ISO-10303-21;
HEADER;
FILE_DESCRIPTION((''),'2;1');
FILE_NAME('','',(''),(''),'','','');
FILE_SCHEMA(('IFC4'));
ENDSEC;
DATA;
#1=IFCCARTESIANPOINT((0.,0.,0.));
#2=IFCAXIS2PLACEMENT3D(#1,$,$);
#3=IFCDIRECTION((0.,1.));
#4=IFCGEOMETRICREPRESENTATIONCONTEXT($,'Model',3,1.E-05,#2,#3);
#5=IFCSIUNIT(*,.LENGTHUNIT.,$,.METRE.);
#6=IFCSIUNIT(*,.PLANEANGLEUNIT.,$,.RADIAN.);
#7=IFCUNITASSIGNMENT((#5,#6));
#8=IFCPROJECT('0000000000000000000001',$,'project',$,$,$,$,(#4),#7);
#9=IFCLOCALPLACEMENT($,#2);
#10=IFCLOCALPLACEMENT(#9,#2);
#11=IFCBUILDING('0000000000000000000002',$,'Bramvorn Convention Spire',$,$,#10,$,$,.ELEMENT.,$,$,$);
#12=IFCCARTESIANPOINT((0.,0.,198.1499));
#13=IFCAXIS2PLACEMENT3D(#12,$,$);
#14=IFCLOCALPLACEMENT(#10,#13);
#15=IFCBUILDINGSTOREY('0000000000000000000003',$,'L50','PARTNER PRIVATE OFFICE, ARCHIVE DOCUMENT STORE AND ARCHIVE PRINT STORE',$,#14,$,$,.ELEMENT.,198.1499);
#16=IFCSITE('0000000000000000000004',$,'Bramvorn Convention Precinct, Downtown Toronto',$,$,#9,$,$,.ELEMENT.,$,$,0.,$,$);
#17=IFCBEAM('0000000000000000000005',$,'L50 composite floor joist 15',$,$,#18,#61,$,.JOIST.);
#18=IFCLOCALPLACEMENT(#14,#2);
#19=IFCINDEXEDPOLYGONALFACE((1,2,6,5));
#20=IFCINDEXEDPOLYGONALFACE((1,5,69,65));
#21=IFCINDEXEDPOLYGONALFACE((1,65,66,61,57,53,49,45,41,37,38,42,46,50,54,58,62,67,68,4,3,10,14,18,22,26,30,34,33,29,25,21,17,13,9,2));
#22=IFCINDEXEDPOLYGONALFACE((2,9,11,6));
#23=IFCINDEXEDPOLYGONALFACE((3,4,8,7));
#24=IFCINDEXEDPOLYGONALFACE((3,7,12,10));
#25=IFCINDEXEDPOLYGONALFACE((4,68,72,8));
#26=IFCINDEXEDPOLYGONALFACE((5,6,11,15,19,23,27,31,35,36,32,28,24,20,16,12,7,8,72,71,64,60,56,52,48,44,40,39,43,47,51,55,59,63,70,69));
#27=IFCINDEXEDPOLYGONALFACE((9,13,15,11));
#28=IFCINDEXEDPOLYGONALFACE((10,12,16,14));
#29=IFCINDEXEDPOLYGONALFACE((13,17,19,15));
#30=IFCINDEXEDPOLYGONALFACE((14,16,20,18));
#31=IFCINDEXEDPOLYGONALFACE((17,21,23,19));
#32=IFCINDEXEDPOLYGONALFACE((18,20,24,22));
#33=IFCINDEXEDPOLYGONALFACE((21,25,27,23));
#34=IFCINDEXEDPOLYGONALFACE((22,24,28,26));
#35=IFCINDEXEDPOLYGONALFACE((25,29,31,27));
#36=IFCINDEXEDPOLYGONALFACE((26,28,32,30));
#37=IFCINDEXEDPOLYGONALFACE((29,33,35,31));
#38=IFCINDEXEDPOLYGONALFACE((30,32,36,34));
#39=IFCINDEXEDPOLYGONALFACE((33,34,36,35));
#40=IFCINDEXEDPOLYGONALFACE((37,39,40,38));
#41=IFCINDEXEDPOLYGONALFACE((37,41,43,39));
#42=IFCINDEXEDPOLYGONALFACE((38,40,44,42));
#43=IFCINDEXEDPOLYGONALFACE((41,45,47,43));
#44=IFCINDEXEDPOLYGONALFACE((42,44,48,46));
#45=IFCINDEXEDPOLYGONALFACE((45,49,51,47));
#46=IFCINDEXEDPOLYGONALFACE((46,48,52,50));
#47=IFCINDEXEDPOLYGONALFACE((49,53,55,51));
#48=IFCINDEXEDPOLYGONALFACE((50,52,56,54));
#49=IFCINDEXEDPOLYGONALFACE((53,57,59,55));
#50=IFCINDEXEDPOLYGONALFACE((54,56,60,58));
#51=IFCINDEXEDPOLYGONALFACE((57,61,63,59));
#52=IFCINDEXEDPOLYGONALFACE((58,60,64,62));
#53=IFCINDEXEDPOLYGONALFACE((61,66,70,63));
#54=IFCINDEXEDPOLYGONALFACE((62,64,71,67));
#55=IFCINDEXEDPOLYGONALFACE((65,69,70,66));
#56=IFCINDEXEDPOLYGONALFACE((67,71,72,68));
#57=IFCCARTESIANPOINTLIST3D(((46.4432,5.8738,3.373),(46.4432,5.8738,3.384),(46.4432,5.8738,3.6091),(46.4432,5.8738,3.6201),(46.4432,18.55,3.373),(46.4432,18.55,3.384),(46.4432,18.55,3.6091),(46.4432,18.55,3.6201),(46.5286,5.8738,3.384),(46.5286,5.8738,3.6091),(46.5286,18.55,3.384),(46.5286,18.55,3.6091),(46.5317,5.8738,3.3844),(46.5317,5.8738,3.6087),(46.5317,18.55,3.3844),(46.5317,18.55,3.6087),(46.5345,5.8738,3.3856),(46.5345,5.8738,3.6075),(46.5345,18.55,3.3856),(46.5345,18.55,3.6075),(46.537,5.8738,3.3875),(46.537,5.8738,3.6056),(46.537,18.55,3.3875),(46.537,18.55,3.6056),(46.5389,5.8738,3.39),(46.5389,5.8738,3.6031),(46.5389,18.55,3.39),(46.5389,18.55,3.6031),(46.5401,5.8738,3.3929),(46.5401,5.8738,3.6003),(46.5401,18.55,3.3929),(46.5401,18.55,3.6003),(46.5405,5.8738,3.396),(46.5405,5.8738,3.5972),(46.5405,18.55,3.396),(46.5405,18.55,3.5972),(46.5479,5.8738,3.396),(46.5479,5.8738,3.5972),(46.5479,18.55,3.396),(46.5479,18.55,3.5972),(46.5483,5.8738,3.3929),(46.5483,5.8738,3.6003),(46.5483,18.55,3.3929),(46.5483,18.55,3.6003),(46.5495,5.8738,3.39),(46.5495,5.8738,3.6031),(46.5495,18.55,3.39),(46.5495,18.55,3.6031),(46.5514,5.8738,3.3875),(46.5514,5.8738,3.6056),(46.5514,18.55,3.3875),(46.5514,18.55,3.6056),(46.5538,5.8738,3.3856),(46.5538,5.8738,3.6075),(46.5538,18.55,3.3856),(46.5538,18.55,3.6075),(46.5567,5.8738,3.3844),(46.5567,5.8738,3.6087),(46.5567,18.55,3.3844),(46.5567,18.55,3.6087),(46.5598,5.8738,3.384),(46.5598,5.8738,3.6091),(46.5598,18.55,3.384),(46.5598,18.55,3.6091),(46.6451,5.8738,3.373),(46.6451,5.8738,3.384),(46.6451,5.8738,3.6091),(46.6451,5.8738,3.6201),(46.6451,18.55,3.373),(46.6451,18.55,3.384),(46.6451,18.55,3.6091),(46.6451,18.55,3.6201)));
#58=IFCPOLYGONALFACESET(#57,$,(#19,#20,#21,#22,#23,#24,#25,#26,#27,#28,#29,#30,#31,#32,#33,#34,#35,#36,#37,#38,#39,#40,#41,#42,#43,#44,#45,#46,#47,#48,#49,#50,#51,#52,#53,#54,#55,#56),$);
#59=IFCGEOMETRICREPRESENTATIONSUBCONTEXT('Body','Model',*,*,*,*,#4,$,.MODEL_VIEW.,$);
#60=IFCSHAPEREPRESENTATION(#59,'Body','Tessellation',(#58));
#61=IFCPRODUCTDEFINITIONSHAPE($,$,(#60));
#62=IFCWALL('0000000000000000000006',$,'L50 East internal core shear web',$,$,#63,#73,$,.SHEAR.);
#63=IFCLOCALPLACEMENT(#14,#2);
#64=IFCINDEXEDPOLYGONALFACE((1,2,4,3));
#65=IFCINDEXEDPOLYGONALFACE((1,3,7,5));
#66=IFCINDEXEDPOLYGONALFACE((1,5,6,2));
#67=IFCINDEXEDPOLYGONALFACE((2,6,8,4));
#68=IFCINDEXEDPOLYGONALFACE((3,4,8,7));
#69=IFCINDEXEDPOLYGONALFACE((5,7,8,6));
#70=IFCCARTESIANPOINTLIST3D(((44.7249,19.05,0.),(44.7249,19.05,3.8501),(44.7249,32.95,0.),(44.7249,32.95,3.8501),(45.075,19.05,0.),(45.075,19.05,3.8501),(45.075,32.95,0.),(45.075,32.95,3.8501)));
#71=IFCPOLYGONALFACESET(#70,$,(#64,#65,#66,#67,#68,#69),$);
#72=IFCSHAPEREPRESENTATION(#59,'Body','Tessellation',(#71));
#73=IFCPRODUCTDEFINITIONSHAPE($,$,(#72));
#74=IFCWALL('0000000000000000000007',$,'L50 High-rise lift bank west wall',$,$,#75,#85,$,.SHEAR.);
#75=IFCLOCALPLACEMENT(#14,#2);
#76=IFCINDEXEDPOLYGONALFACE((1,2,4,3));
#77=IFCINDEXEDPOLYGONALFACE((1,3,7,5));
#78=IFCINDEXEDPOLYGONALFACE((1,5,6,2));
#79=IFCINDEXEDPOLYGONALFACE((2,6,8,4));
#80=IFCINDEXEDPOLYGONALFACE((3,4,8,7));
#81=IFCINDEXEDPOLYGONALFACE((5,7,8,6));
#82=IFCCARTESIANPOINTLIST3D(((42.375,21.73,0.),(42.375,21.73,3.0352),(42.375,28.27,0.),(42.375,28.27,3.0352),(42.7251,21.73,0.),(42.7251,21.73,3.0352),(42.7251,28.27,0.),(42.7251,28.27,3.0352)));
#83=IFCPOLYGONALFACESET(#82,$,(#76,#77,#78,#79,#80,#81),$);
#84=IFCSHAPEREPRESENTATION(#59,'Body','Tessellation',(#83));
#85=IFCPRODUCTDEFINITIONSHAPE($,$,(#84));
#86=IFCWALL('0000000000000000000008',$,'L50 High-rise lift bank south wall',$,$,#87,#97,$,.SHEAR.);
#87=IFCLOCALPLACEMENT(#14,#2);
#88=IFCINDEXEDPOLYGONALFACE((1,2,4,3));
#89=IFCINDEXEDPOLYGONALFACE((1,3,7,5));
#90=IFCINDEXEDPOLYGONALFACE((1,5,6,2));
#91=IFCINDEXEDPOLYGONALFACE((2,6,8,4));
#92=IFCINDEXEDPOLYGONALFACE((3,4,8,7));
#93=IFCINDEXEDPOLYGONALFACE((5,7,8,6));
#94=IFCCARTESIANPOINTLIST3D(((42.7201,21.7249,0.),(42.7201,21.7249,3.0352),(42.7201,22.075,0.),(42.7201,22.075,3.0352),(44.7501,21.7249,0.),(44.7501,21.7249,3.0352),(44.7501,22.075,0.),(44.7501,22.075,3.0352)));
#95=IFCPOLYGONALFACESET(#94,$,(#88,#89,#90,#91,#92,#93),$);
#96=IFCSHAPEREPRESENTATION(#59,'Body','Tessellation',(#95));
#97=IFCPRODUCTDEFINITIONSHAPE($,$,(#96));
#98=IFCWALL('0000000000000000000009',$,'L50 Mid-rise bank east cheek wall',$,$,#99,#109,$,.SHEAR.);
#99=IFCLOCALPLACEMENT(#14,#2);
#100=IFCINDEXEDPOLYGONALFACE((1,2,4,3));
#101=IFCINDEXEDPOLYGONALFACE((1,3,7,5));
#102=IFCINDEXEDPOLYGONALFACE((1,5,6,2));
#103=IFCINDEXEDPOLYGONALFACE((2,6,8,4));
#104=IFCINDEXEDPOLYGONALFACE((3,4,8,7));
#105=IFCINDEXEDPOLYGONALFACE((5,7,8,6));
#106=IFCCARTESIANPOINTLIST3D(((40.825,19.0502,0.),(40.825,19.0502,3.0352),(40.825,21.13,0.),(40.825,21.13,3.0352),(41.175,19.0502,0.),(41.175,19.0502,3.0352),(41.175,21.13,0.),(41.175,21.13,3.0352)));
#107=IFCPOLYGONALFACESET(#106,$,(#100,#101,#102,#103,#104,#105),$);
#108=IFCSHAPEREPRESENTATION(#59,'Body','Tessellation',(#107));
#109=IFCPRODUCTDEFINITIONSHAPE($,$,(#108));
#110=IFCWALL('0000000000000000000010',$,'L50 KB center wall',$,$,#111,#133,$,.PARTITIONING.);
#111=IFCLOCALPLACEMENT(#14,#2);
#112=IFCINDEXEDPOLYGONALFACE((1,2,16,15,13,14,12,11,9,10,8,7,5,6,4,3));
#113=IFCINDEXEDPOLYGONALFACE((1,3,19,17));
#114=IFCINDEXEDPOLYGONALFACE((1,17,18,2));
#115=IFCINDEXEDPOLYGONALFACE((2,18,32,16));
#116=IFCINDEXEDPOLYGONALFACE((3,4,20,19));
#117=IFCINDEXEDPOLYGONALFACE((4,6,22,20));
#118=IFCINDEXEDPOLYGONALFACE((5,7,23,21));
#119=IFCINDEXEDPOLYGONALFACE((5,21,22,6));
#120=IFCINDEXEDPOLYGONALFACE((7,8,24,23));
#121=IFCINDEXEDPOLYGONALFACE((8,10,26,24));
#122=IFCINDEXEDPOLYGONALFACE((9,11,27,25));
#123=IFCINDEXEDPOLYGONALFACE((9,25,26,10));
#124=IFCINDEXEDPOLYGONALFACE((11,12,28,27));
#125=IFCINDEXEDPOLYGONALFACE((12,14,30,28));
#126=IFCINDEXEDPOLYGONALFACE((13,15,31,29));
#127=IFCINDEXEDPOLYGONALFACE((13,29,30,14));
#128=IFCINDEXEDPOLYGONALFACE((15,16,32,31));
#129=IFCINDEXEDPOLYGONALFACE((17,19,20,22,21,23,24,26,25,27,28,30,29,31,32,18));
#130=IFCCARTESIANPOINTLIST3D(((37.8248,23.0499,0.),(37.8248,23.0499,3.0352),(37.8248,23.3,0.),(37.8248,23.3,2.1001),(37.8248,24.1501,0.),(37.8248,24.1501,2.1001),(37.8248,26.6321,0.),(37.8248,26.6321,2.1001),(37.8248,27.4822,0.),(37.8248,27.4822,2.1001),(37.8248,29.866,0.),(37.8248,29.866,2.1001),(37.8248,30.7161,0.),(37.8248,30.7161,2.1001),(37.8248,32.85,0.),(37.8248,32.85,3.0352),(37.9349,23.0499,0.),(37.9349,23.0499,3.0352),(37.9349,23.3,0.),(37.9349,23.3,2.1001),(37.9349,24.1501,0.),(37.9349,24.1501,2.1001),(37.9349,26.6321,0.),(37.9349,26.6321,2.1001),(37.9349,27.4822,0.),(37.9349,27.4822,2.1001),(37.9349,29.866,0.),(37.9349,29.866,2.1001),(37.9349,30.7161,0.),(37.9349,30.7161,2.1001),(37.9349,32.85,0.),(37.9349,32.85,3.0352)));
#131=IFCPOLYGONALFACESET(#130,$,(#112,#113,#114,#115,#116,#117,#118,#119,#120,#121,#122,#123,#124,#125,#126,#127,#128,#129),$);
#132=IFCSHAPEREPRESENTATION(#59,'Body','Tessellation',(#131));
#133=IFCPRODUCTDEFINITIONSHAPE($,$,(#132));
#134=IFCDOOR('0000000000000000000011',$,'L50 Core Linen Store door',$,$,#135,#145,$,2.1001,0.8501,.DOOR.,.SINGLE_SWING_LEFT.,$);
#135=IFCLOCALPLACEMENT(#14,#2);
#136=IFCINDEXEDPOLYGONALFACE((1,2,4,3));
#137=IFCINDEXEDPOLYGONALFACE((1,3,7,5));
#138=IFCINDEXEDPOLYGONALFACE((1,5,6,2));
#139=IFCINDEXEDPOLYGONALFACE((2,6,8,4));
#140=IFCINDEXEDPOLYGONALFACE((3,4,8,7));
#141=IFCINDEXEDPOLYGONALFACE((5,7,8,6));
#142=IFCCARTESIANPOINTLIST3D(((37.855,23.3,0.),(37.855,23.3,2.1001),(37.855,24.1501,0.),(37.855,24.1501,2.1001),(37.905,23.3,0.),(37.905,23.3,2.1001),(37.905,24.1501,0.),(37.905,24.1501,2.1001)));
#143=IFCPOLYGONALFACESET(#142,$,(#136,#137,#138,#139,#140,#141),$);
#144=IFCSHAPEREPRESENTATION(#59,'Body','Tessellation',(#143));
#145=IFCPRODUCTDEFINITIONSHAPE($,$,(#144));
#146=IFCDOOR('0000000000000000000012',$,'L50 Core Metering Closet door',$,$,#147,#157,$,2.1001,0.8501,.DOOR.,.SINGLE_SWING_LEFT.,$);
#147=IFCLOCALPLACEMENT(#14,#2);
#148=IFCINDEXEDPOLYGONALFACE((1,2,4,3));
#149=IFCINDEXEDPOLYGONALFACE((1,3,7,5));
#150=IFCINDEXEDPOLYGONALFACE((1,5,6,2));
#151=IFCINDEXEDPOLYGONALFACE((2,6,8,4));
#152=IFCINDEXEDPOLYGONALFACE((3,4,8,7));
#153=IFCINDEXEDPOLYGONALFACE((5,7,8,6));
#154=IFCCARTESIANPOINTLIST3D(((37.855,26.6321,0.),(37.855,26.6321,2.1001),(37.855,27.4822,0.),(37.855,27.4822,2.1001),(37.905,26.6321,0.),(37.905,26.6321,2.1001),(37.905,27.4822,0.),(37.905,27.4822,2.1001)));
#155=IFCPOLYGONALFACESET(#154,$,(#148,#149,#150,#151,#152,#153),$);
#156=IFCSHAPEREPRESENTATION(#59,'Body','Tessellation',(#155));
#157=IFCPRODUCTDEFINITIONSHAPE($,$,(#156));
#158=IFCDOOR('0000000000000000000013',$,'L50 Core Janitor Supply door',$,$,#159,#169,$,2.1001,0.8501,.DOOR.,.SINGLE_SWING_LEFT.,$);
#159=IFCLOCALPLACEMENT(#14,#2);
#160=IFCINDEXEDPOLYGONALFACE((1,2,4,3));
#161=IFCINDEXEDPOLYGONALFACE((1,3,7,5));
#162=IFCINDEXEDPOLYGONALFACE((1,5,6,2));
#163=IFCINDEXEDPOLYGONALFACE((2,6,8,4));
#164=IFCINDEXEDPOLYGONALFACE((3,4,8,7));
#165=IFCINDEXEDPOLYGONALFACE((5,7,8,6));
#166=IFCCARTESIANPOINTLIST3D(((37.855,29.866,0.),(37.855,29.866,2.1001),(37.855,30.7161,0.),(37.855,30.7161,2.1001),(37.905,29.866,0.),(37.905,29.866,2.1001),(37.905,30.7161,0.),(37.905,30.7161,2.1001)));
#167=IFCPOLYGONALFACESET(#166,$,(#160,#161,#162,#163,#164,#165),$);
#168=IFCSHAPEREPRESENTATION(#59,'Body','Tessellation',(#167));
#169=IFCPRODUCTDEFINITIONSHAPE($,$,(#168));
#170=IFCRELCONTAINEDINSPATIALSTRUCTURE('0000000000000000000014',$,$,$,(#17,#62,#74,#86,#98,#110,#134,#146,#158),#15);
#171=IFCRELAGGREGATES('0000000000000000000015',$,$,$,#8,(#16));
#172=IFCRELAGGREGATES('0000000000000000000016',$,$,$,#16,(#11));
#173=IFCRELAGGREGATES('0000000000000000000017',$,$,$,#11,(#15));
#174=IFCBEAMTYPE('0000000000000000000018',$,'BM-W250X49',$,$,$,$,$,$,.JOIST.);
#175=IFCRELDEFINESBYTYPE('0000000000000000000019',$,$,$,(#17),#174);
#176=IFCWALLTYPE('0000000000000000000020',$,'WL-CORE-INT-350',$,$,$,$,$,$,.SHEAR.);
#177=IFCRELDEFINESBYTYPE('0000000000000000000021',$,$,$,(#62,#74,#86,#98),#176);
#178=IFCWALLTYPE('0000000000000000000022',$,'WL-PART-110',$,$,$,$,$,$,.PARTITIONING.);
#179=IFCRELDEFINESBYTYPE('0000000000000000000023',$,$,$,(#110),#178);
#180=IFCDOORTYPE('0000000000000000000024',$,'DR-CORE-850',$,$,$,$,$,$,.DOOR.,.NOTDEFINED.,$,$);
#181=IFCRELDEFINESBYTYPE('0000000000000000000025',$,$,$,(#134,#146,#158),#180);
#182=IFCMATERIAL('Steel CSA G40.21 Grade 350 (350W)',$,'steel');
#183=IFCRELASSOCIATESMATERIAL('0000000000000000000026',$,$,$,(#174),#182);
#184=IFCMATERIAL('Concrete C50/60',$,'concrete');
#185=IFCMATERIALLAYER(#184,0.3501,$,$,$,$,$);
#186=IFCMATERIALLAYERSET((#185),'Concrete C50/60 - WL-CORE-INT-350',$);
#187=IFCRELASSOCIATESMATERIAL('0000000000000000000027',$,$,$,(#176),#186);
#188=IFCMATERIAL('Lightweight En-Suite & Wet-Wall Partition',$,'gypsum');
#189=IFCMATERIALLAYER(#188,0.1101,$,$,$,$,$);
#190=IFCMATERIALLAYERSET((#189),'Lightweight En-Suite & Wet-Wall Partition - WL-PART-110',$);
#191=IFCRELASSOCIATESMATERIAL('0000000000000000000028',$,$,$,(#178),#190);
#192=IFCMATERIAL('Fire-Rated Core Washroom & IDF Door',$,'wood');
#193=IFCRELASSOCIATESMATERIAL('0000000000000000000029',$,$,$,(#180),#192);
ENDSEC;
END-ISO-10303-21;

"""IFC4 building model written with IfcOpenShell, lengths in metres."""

from ifc_helpers import new_model, si_unit, direction, frame, frame_2d, origin, origin_2d, place, context, subcontext, project, spatial, rectangle, i_section, extrude, material, layer, layer_set, material_profile, profile_set, type_object, element, fill, save


model = new_model("IFC4")

# Units and contexts
model_context = context("Model", 3, precision=1e-05, world=origin(), true_north=direction((0.0, 1.0)))
body_context = subcontext(model_context, "Body", "Model", "MODEL_VIEW")
ifc_project = project(units=[si_unit("LENGTHUNIT", "METRE"), si_unit("PLANEANGLEUNIT", "RADIAN")], contexts=[model_context])

# Site, building, storey
site_placement = place(None, origin())
site = spatial("IfcSite", under=ifc_project, at=site_placement, Name="Bramvorn Convention Precinct, Downtown Toronto", CompositionType="ELEMENT", RefElevation=0.0)
building_placement = place(site_placement, origin())
building = spatial("IfcBuilding", under=site, at=building_placement, Name="Bramvorn Convention Spire", CompositionType="ELEMENT")
storey_placement = place(building_placement, frame((0.0, 0.0, 198.1499)))
storey = spatial("IfcBuildingStorey", under=building, at=storey_placement, Name="L50", Description="PARTNER PRIVATE OFFICE, ARCHIVE DOCUMENT STORE AND ARCHIVE PRINT STORE", CompositionType="ELEMENT", Elevation=198.1499)

# Beam
ifc_material_1 = material(Name="Steel CSA G40.21 Grade 350 (350W)", Category="steel")
ifc_material_profile = material_profile(ifc_material_1, i_section(OverallWidth=0.2019, OverallDepth=0.2471, WebThickness=0.0073, FlangeThickness=0.011, FilletRadius=0.012, at=origin_2d()))
ifc_profile_set = profile_set([ifc_material_profile], Name="Steel CSA G40.21 Grade 350 (350W) - W250X49")
beam_type = type_object("IfcBeamType", Name="BM-W250X49", PredefinedType="JOIST", material=ifc_profile_set)
beam_placement = place(storey_placement, frame((46.5442, 18.55, 3.4966), z_axis=(0.0, -1.0, 0.0), x_axis=(1.0, 0.0, 0.0)))
element("IfcBeam", 1, at=beam_placement, inside=storey, type_object=beam_type, Name="L50 composite floor joist 15", PredefinedType="JOIST", context=body_context, shape_type="SweptSolid", body=[
    extrude(i_section(OverallWidth=0.2019, OverallDepth=0.2471, WebThickness=0.0073, FlangeThickness=0.011, FilletRadius=0.012, at=origin_2d()), origin(), (0.0, 0.0, 1.0), 12.6763),
])

# Walls
ifc_material_2 = material(Name="Concrete C50/60", Category="concrete")
ifc_layer_1 = layer(ifc_material_2, 0.3501)
ifc_layer_set_1 = layer_set([ifc_layer_1], Name="Concrete C50/60 - WL-CORE-INT-350")
wall_type_1 = type_object("IfcWallType", Name="WL-CORE-INT-350", PredefinedType="SHEAR", material=ifc_layer_set_1)
wall_1_placement = place(storey_placement, frame((44.8999, 19.05, 0.0), z_axis=(0.0, 0.0, 1.0), x_axis=(0.0, 1.0, 0.0)))
element("IfcWall", 2, at=wall_1_placement, inside=storey, type_object=wall_type_1, Name="L50 East internal core shear web", PredefinedType="SHEAR", context=body_context, shape_type="SweptSolid", body=[
    extrude(rectangle(XDim=13.8999, YDim=0.3501, at=frame_2d((6.95, 0.0))), origin(), (0.0, 0.0, 1.0), 3.8501),
])
wall_2_placement = place(storey_placement, frame((42.55, 21.73, 0.0), z_axis=(0.0, 0.0, 1.0), x_axis=(0.0, 1.0, 0.0)))
element("IfcWall", 3, at=wall_2_placement, inside=storey, type_object=wall_type_1, Name="L50 High-rise lift bank west wall", PredefinedType="SHEAR", context=body_context, shape_type="SweptSolid", body=[
    extrude(rectangle(XDim=6.54, YDim=0.3501, at=frame_2d((3.27, 0.0))), origin(), (0.0, 0.0, 1.0), 3.0352),
])
wall_3_placement = place(storey_placement, frame((42.72, 21.8999, 0.0), z_axis=(0.0, 0.0, 1.0), x_axis=(1.0, 0.0, 0.0)))
element("IfcWall", 4, at=wall_3_placement, inside=storey, type_object=wall_type_1, Name="L50 High-rise lift bank south wall", PredefinedType="SHEAR", context=body_context, shape_type="SweptSolid", body=[
    extrude(rectangle(XDim=2.03, YDim=0.3501, at=frame_2d((1.0151, 0.0))), origin(), (0.0, 0.0, 1.0), 3.0352),
])

# Wall
wall_4_placement = place(storey_placement, frame((41.0, 19.05, 0.0), z_axis=(0.0, 0.0, 1.0), x_axis=(0.0, 1.0, 0.0)))
element("IfcWall", 5, at=wall_4_placement, inside=storey, type_object=wall_type_1, Name="L50 Mid-rise bank east cheek wall", PredefinedType="SHEAR", context=body_context, shape_type="SweptSolid", body=[
    extrude(rectangle(XDim=2.0798, YDim=0.3501, at=frame_2d((1.04, 0.0))), origin(), (0.0, 0.0, 1.0), 3.0352),
])

# Wall, openings, doors
ifc_material_3 = material(Name="Lightweight En-Suite & Wet-Wall Partition", Category="gypsum")
ifc_layer_2 = layer(ifc_material_3, 0.1101)
ifc_layer_set_2 = layer_set([ifc_layer_2], Name="Lightweight En-Suite & Wet-Wall Partition - WL-PART-110")
wall_type_2 = type_object("IfcWallType", Name="WL-PART-110", PredefinedType="PARTITIONING", material=ifc_layer_set_2)
wall_5_placement = place(storey_placement, frame((37.8799, 23.05, 0.0), z_axis=(0.0, 0.0, 1.0), x_axis=(0.0, 1.0, 0.0)))
wall_5 = element("IfcWall", 6, at=wall_5_placement, inside=storey, type_object=wall_type_2, Name="L50 KB center wall", PredefinedType="PARTITIONING", context=body_context, shape_type="SweptSolid", body=[
    extrude(rectangle(XDim=9.8, YDim=0.1101, at=frame_2d((4.8999, 0.0))), origin(), (0.0, 0.0, 1.0), 3.0352),
])
opening_1_placement = place(wall_5_placement, frame((0.25, 0.0, 0.0)))
opening_1 = element("IfcOpeningElement", 7, at=opening_1_placement, cuts=wall_5, PredefinedType="OPENING", context=body_context, shape_type="SweptSolid", body=[
    extrude(rectangle(XDim=0.8501, YDim=2.1001, at=frame_2d((0.425, 1.05))), frame((0.0, 0.0649, 0.0), z_axis=(0.0, -1.0, 0.0), x_axis=(1.0, 0.0, 0.0)), (0.0, 0.0, 1.0), 0.1301),
])
opening_2_placement = place(wall_5_placement, frame((3.582, 0.0, 0.0)))
opening_2 = element("IfcOpeningElement", 8, at=opening_2_placement, cuts=wall_5, PredefinedType="OPENING", context=body_context, shape_type="SweptSolid", body=[
    extrude(rectangle(XDim=0.8501, YDim=2.1001, at=frame_2d((0.425, 1.05))), frame((0.0, 0.0649, 0.0), z_axis=(0.0, -1.0, 0.0), x_axis=(1.0, 0.0, 0.0)), (0.0, 0.0, 1.0), 0.1301),
])
opening_3_placement = place(wall_5_placement, frame((6.8159, 0.0, 0.0)))
opening_3 = element("IfcOpeningElement", 9, at=opening_3_placement, cuts=wall_5, PredefinedType="OPENING", context=body_context, shape_type="SweptSolid", body=[
    extrude(rectangle(XDim=0.8501, YDim=2.1001, at=frame_2d((0.425, 1.05))), frame((0.0, 0.0649, 0.0), z_axis=(0.0, -1.0, 0.0), x_axis=(1.0, 0.0, 0.0)), (0.0, 0.0, 1.0), 0.1301),
])
ifc_material_4 = material(Name="Fire-Rated Core Washroom & IDF Door", Category="wood")
door_type_1 = type_object("IfcDoorType", Name="DR-CORE-850", OperationType="NOTDEFINED", PredefinedType="DOOR", material=ifc_material_4)
door_1_placement = place(opening_1_placement, origin())
door_1 = element("IfcDoor", 10, at=door_1_placement, inside=storey, type_object=door_type_1, Name="L50 Core Linen Store door", OperationType="SINGLE_SWING_LEFT", OverallHeight=2.1001, OverallWidth=0.8501, PredefinedType="DOOR", context=body_context, shape_type="SweptSolid", body=[
    extrude(rectangle(XDim=0.8501, YDim=2.1001, at=frame_2d((0.425, 1.05))), frame((0.0, 0.0249, 0.0), z_axis=(0.0, -1.0, 0.0), x_axis=(1.0, 0.0, 0.0)), (0.0, 0.0, 1.0), 0.05),
])
fill(opening_1, door_1)
door_2_placement = place(opening_2_placement, origin())
door_2 = element("IfcDoor", 11, at=door_2_placement, inside=storey, type_object=door_type_1, Name="L50 Core Metering Closet door", OperationType="SINGLE_SWING_LEFT", OverallHeight=2.1001, OverallWidth=0.8501, PredefinedType="DOOR", context=body_context, shape_type="SweptSolid", body=[
    extrude(rectangle(XDim=0.8501, YDim=2.1001, at=frame_2d((0.425, 1.05))), frame((0.0, 0.0249, 0.0), z_axis=(0.0, -1.0, 0.0), x_axis=(1.0, 0.0, 0.0)), (0.0, 0.0, 1.0), 0.05),
])
fill(opening_2, door_2)
door_3_placement = place(opening_3_placement, origin())
door_3 = element("IfcDoor", 12, at=door_3_placement, inside=storey, type_object=door_type_1, Name="L50 Core Janitor Supply door", OperationType="SINGLE_SWING_LEFT", OverallHeight=2.1001, OverallWidth=0.8501, PredefinedType="DOOR", context=body_context, shape_type="SweptSolid", body=[
    extrude(rectangle(XDim=0.8501, YDim=2.1001, at=frame_2d((0.425, 1.05))), frame((0.0, 0.0249, 0.0), z_axis=(0.0, -1.0, 0.0), x_axis=(1.0, 0.0, 0.0)), (0.0, 0.0, 1.0), 0.05),
])
fill(opening_3, door_3)

save(model, "model.ifc")
